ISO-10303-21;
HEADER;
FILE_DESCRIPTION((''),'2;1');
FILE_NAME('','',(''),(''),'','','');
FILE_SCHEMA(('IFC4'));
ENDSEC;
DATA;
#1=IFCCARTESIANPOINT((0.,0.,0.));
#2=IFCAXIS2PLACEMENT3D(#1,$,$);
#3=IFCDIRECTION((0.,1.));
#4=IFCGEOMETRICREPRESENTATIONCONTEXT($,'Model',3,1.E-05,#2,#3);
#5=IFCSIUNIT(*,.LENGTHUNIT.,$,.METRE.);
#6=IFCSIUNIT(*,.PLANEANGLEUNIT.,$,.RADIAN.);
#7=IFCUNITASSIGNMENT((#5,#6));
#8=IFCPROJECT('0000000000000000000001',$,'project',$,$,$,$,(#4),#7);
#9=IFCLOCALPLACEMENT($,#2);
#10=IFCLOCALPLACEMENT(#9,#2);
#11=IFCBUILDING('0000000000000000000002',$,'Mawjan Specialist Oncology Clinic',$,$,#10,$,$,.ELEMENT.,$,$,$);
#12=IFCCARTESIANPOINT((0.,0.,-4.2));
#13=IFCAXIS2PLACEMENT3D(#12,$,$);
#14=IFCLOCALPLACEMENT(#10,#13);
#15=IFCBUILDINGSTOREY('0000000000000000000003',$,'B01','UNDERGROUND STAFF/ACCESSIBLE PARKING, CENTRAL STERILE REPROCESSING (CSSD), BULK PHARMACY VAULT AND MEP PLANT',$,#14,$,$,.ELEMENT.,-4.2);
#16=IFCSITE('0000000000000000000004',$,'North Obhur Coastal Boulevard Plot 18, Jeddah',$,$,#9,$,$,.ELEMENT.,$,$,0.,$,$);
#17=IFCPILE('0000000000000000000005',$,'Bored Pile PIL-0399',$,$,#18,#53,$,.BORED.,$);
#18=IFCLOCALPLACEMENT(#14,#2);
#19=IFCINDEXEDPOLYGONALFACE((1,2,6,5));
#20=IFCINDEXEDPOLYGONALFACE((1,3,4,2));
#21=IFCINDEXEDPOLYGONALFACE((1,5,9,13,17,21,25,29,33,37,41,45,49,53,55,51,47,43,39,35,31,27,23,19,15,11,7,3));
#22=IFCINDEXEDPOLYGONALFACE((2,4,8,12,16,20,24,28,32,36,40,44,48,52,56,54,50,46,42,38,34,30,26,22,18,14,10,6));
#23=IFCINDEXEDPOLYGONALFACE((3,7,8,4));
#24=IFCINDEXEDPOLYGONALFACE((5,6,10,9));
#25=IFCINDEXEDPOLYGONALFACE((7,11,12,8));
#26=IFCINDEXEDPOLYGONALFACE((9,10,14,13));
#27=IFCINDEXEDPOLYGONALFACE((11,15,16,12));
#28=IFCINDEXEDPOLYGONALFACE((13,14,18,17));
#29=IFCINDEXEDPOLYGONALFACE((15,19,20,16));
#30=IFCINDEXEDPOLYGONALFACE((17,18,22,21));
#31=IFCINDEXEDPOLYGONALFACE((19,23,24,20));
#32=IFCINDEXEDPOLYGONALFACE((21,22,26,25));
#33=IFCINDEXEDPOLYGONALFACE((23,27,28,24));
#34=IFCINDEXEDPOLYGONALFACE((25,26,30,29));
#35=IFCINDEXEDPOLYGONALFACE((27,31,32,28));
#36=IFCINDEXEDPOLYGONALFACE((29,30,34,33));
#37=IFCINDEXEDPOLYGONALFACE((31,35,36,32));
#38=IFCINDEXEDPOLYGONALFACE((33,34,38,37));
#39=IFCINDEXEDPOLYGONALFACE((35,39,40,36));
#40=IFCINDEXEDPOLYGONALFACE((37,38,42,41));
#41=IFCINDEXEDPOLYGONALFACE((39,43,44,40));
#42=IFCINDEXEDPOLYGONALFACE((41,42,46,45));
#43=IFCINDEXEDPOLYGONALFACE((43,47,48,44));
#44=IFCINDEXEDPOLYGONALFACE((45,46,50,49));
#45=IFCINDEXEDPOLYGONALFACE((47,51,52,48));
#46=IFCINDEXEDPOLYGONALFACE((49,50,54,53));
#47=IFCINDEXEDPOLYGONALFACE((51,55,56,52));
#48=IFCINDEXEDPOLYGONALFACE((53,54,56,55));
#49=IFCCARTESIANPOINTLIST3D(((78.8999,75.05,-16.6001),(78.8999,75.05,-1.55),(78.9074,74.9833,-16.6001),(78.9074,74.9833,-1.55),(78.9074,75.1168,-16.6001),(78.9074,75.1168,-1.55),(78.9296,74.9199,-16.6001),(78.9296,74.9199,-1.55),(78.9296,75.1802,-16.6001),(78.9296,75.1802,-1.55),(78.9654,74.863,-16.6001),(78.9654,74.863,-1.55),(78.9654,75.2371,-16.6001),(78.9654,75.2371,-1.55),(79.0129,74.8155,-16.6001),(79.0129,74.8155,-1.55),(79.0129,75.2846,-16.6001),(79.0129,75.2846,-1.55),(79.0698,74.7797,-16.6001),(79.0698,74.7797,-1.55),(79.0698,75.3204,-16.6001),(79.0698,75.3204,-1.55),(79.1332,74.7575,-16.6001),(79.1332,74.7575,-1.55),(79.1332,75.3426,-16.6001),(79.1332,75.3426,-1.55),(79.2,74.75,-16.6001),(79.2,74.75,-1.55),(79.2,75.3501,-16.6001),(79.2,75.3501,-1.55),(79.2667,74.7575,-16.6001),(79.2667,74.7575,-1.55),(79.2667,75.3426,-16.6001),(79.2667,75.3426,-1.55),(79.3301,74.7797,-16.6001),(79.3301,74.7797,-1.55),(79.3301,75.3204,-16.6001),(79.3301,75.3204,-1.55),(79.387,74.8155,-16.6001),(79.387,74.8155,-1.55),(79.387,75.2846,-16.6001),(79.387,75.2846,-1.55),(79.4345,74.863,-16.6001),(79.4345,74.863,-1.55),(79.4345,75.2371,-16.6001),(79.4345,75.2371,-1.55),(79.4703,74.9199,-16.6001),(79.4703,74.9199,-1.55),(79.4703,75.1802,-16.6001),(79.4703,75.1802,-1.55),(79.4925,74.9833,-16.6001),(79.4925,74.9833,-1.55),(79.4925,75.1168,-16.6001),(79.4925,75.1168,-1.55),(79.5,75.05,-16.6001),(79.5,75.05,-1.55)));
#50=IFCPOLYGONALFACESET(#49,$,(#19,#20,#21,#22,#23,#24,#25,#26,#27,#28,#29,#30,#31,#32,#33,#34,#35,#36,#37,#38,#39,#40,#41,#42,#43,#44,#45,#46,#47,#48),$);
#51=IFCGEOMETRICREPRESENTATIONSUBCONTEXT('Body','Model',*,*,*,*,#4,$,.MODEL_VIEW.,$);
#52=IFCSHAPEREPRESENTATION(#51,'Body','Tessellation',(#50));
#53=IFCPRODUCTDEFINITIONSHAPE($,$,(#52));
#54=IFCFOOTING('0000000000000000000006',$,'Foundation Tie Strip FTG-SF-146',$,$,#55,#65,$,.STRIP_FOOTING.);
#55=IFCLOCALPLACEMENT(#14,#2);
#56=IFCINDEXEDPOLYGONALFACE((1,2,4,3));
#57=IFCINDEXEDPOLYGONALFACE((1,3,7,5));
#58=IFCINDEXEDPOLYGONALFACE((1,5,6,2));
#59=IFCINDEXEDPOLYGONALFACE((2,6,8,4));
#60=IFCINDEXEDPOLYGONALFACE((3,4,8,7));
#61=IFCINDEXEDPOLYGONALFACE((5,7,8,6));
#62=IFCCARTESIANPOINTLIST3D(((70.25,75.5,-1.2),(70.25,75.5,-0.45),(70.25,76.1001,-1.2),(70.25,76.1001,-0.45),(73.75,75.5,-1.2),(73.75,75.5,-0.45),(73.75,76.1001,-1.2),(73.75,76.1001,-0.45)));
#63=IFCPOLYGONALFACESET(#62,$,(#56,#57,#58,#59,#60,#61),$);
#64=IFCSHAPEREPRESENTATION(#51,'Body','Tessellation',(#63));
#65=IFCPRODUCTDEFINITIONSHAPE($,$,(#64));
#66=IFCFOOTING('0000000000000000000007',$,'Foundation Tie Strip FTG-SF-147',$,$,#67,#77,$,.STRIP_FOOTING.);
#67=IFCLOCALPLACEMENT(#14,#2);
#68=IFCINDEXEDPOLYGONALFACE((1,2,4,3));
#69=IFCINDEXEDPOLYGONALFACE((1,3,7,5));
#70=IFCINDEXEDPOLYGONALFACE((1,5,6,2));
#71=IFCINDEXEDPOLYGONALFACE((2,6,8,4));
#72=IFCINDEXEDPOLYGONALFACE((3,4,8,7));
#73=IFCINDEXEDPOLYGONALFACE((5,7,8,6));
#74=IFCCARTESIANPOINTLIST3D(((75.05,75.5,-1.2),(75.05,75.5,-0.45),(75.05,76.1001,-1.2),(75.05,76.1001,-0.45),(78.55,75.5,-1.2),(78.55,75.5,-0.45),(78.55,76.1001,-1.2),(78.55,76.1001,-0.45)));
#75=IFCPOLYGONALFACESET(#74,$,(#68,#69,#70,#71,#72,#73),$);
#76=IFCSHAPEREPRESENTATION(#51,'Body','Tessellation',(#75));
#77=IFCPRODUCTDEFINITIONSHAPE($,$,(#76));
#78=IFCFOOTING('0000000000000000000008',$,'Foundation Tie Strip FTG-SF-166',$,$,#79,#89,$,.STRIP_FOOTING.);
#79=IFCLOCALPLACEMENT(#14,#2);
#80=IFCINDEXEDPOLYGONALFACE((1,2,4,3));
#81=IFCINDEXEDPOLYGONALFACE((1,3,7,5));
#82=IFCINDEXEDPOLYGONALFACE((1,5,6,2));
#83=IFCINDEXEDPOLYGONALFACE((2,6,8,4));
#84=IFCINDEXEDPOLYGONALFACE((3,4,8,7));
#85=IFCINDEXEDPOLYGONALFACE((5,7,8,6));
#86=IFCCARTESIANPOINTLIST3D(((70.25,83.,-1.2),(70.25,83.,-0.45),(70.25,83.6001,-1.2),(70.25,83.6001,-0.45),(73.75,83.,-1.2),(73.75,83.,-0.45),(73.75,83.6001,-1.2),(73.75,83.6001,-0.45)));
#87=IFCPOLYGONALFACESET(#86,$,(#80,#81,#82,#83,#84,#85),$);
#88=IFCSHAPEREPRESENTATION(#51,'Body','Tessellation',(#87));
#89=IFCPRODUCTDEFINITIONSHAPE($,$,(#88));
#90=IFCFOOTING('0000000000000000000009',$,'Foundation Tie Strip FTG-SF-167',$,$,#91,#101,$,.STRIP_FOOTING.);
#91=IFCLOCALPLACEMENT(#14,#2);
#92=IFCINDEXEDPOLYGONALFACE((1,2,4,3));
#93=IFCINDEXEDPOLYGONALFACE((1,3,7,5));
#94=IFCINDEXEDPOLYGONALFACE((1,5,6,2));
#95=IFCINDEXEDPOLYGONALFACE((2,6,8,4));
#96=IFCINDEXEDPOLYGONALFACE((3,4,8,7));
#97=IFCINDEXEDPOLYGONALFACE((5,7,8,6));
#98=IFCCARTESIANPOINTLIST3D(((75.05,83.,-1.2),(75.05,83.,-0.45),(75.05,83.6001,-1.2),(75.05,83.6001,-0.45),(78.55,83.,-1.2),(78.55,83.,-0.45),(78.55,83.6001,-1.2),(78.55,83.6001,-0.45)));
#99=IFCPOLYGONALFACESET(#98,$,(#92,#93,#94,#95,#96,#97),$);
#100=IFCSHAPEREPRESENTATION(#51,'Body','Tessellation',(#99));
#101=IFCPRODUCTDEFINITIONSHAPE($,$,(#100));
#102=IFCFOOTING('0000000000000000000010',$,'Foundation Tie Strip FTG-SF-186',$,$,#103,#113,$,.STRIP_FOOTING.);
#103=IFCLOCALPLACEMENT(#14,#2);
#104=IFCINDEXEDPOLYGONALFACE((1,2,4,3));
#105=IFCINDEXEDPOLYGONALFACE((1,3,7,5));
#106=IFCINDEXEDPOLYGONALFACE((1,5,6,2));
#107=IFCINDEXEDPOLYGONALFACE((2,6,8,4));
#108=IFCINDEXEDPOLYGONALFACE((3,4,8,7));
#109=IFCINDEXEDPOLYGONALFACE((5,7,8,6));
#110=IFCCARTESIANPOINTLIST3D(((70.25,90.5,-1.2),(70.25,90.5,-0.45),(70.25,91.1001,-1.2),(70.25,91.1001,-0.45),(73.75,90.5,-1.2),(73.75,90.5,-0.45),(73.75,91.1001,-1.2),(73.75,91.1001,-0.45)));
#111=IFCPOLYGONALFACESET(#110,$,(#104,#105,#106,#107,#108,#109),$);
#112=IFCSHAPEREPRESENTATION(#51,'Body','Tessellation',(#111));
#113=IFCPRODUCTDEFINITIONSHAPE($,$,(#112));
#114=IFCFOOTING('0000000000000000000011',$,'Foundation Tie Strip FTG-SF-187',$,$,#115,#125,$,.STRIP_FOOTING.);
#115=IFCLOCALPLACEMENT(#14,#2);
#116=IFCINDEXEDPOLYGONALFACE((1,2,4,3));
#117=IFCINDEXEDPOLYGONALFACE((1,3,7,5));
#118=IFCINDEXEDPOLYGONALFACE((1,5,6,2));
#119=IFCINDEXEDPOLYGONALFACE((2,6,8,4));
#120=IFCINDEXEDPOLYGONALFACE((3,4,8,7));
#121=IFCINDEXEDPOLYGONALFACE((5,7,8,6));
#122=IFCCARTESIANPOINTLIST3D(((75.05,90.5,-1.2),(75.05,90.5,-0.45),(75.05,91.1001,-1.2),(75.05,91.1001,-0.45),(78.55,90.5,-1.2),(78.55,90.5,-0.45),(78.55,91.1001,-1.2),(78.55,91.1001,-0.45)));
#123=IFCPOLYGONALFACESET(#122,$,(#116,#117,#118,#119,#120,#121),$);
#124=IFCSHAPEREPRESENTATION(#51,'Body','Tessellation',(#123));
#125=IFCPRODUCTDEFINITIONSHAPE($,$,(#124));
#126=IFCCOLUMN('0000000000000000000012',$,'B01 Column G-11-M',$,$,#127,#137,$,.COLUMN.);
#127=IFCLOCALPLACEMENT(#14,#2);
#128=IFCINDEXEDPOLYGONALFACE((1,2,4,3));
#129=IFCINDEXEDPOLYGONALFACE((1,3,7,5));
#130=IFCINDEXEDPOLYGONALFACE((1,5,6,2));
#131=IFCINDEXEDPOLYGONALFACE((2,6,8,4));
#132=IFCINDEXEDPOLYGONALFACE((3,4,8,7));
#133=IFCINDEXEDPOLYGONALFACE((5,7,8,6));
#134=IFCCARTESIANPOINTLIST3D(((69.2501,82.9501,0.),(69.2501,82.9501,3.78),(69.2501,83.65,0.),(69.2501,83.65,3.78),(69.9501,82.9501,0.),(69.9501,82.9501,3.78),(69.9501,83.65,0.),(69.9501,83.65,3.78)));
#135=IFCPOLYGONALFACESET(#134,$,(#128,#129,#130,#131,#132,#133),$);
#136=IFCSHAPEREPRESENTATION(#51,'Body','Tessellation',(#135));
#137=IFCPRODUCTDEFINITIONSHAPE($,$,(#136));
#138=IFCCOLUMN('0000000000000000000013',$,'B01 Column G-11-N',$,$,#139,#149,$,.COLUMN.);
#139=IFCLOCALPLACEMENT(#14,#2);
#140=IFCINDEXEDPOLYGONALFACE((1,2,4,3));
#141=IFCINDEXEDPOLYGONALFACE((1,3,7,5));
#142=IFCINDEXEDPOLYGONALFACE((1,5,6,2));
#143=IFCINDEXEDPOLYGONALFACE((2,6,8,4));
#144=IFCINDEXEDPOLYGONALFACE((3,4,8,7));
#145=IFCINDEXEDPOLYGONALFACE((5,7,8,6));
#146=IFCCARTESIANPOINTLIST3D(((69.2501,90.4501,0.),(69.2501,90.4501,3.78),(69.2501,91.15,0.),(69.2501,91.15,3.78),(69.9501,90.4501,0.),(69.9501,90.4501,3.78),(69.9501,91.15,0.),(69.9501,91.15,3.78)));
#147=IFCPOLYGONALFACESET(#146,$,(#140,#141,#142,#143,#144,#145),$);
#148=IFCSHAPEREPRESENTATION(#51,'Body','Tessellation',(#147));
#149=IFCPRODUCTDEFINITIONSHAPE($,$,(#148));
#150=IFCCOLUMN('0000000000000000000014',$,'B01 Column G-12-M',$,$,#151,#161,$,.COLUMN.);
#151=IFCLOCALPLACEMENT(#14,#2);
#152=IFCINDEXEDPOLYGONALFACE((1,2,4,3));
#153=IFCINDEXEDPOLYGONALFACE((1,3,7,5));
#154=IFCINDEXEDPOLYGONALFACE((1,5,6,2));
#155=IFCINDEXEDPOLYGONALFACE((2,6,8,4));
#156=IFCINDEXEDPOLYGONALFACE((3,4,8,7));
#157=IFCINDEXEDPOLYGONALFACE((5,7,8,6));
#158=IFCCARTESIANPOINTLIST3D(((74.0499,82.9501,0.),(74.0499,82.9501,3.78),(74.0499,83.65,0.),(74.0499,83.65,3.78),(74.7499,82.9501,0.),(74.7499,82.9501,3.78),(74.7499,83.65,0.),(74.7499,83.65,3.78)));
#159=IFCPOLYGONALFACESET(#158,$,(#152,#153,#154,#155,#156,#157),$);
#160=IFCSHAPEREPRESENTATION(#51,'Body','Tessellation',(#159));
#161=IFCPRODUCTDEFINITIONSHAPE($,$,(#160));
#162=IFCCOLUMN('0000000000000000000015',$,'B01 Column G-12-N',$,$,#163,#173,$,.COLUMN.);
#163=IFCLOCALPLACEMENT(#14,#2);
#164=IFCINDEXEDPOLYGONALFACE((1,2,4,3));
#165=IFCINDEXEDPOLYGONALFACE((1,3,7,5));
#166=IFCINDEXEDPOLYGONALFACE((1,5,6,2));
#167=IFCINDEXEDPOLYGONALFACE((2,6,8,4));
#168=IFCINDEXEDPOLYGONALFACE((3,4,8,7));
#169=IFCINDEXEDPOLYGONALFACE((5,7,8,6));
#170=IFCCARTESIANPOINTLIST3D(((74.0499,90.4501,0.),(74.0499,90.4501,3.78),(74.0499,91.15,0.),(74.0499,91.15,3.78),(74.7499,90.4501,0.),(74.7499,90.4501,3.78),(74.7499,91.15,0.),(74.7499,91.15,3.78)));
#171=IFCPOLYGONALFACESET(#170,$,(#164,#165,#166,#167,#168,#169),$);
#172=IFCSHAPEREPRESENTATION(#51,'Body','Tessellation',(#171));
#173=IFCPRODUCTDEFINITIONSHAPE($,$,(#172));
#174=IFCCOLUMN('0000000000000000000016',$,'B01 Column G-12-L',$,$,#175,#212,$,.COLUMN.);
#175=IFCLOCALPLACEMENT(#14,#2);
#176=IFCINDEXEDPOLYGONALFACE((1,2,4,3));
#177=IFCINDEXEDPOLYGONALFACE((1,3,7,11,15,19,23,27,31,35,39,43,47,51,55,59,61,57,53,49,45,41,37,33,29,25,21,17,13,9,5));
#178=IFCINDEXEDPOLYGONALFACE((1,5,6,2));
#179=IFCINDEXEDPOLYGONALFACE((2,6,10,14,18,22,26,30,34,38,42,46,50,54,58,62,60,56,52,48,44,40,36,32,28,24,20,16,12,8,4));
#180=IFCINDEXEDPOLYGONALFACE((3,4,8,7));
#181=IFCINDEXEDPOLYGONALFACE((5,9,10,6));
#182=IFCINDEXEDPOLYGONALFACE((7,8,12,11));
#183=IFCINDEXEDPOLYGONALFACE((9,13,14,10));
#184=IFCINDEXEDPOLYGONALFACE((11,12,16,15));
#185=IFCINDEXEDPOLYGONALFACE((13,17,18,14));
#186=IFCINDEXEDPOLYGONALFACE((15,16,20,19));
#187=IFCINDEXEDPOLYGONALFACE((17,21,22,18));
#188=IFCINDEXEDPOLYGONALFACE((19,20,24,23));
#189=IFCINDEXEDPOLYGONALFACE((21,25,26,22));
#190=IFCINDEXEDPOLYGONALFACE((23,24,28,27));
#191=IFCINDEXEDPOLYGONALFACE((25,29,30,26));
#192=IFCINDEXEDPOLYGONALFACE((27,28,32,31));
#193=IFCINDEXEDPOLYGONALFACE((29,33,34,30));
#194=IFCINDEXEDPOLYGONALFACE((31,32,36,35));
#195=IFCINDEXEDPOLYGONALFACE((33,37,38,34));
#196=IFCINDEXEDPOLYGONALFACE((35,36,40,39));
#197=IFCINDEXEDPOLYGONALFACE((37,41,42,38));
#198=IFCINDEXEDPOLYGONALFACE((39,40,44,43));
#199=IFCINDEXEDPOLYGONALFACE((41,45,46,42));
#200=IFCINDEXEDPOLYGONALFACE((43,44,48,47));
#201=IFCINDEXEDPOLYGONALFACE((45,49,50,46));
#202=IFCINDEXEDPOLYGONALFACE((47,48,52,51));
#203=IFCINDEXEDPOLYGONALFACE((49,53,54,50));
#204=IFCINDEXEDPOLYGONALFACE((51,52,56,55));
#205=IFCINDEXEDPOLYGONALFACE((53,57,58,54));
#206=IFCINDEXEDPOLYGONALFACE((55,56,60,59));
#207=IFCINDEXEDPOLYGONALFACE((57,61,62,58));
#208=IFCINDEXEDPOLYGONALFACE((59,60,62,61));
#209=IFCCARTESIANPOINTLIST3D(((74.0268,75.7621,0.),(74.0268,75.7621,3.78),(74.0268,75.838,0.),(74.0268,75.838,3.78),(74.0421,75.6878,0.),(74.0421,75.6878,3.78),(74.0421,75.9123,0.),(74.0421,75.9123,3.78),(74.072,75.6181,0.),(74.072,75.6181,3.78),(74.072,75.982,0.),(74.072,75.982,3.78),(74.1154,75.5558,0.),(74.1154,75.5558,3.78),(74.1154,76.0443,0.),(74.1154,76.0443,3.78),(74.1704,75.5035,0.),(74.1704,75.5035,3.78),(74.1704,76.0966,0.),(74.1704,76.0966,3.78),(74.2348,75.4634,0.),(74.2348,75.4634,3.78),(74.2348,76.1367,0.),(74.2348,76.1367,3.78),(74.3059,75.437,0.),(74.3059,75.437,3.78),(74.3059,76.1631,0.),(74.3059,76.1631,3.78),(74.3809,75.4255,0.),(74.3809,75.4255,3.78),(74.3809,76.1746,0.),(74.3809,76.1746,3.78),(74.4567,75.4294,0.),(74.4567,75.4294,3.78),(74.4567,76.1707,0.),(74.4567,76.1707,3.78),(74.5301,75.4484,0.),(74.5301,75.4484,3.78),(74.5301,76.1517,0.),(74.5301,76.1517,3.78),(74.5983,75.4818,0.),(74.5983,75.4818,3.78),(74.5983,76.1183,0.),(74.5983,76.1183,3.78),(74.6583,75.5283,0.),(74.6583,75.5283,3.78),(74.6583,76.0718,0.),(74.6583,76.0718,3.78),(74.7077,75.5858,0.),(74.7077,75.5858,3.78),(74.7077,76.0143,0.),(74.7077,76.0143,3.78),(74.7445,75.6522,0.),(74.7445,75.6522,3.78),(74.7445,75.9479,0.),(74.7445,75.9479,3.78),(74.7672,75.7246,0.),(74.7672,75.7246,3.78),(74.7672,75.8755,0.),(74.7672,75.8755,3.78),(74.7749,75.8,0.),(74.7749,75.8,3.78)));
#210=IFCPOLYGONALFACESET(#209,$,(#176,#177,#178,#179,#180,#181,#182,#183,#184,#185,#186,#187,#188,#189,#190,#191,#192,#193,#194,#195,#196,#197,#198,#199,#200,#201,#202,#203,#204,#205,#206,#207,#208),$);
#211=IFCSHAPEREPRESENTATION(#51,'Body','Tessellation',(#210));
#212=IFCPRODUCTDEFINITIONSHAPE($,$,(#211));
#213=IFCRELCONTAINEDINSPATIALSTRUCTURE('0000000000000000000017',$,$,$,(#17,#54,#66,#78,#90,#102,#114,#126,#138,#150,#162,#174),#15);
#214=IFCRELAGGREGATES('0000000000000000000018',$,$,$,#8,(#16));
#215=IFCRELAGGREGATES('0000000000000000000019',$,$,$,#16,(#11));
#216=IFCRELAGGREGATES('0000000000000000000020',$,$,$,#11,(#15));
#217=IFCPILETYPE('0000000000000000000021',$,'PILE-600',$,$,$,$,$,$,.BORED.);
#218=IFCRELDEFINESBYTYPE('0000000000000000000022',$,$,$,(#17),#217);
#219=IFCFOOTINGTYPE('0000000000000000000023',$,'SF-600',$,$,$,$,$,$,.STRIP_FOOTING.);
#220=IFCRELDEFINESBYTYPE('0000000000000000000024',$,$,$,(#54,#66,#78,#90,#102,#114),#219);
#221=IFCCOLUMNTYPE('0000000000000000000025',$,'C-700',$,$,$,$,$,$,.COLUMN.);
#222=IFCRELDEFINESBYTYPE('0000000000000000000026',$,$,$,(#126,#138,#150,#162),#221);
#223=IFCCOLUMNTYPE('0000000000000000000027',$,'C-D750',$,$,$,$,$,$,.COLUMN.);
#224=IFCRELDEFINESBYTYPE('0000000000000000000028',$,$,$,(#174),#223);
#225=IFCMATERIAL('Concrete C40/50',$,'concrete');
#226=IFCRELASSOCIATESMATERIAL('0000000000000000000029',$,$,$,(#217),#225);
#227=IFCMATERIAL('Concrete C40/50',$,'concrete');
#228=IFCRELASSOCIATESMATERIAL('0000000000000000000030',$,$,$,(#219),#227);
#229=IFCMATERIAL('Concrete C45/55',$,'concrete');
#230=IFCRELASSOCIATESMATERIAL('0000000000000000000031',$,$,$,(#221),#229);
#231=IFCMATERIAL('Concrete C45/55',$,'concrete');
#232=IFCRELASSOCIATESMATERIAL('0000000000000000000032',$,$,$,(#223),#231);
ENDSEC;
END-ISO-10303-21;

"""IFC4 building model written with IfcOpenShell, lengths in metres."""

from ifc_helpers import new_model, si_unit, direction, frame, origin, origin_2d, place, context, subcontext, project, spatial, rectangle, circle, extrude, material, material_profile, profile_set, type_object, element, save


model = new_model("IFC4")

# Units and contexts
model_context = context("Model", 3, precision=1e-05, world=origin(), true_north=direction((0.0, 1.0)))
body_context = subcontext(model_context, "Body", "Model", "MODEL_VIEW")
ifc_project = project(units=[si_unit("LENGTHUNIT", "METRE"), si_unit("PLANEANGLEUNIT", "RADIAN")], contexts=[model_context])

# Site, building, storey
site_placement = place(None, origin())
site = spatial("IfcSite", under=ifc_project, at=site_placement, Name="North Obhur Coastal Boulevard Plot 18, Jeddah", CompositionType="ELEMENT", RefElevation=0.0)
building_placement = place(site_placement, origin())
building = spatial("IfcBuilding", under=site, at=building_placement, Name="Mawjan Specialist Oncology Clinic", CompositionType="ELEMENT")
storey_placement = place(building_placement, frame((0.0, 0.0, -4.2)))
storey = spatial("IfcBuildingStorey", under=building, at=storey_placement, Name="B01", Description="UNDERGROUND STAFF/ACCESSIBLE PARKING, CENTRAL STERILE REPROCESSING (CSSD), BULK PHARMACY VAULT AND MEP PLANT", CompositionType="ELEMENT", Elevation=-4.2)

# Pile
ifc_material_1 = material(Name="Concrete C40/50", Category="concrete")
ifc_material_profile_1 = material_profile(ifc_material_1, circle(Radius=0.3, at=origin_2d()), Name="BORED PILE D600", Category="concrete")
ifc_profile_set_1 = profile_set([ifc_material_profile_1], Name="Concrete C40/50")
pile_type = type_object("IfcPileType", Name="PILE-600", PredefinedType="BORED", material=ifc_profile_set_1)
for number, where, z_axis, x_axis, name in (
    (1, (79.2, 75.05, -1.55), (0.0, 0.0, -1.0), (1.0, 0.0, 0.0), "Bored Pile PIL-0399"),
):
    element("IfcPile", number, at=place(storey_placement, frame(where, z_axis=z_axis, x_axis=x_axis)), inside=storey, type_object=pile_type, Name=name, PredefinedType="BORED", context=body_context, shape_type="SweptSolid", body=[
        extrude(circle(Radius=0.3, at=origin_2d()), origin(), (0.0, 0.0, 1.0), 15.05),
    ])

# Footings
ifc_material_2 = material(Name="Concrete C40/50", Category="concrete")
footing_type_1 = type_object("IfcFootingType", Name="SF-600", PredefinedType="STRIP_FOOTING", material=ifc_material_2)
for number, where, z_axis, x_axis, name in (
    (2, (72.0, 75.8, -1.2), (0.0, 0.0, 1.0), (1.0, 0.0, 0.0), "Foundation Tie Strip FTG-SF-146"),
    (3, (76.8, 75.8, -1.2), (0.0, 0.0, 1.0), (1.0, 0.0, 0.0), "Foundation Tie Strip FTG-SF-147"),
    (4, (72.0, 83.3, -1.2), (0.0, 0.0, 1.0), (1.0, 0.0, 0.0), "Foundation Tie Strip FTG-SF-166"),
    (5, (76.8, 83.3, -1.2), (0.0, 0.0, 1.0), (1.0, 0.0, 0.0), "Foundation Tie Strip FTG-SF-167"),
    (6, (72.0, 90.8, -1.2), (0.0, 0.0, 1.0), (1.0, 0.0, 0.0), "Foundation Tie Strip FTG-SF-186"),
    (7, (76.8, 90.8, -1.2), (0.0, 0.0, 1.0), (1.0, 0.0, 0.0), "Foundation Tie Strip FTG-SF-187"),
):
    element("IfcFooting", number, at=place(storey_placement, frame(where, z_axis=z_axis, x_axis=x_axis)), inside=storey, type_object=footing_type_1, Name=name, PredefinedType="STRIP_FOOTING", context=body_context, shape_type="SweptSolid", body=[
        extrude(rectangle(XDim=3.5, YDim=0.6001, at=origin_2d()), origin(), (0.0, 0.0, 1.0), 0.75),
    ])

# Columns
ifc_material_3 = material(Name="Concrete C45/55", Category="concrete")
ifc_material_profile_2 = material_profile(ifc_material_3, rectangle(XDim=0.7, YDim=0.7, at=origin_2d()), Name="RC COL 700x700", Category="concrete")
ifc_profile_set_2 = profile_set([ifc_material_profile_2], Name="Concrete C45/55")
column_type_1 = type_object("IfcColumnType", Name="C-700", PredefinedType="COLUMN", material=ifc_profile_set_2)
for number, where, z_axis, x_axis, name in (
    (8, (69.6001, 83.3, 0.0), (0.0, 0.0, 1.0), (1.0, 0.0, 0.0), "B01 Column G-11-M"),
    (9, (69.6001, 90.8, 0.0), (0.0, 0.0, 1.0), (1.0, 0.0, 0.0), "B01 Column G-11-N"),
    (10, (74.3999, 83.3, 0.0), (0.0, 0.0, 1.0), (1.0, 0.0, 0.0), "B01 Column G-12-M"),
    (11, (74.3999, 90.8, 0.0), (0.0, 0.0, 1.0), (1.0, 0.0, 0.0), "B01 Column G-12-N"),
):
    element("IfcColumn", number, at=place(storey_placement, frame(where, z_axis=z_axis, x_axis=x_axis)), inside=storey, type_object=column_type_1, Name=name, PredefinedType="COLUMN", context=body_context, shape_type="SweptSolid", body=[
        extrude(rectangle(XDim=0.7, YDim=0.7, at=origin_2d()), origin(), (0.0, 0.0, 1.0), 3.78),
    ])
ifc_material_4 = material(Name="Concrete C45/55", Category="concrete")
ifc_material_profile_3 = material_profile(ifc_material_4, circle(Radius=0.375, at=origin_2d()), Name="RC COL D750", Category="concrete")
ifc_profile_set_3 = profile_set([ifc_material_profile_3], Name="Concrete C45/55")
column_type_2 = type_object("IfcColumnType", Name="C-D750", PredefinedType="COLUMN", material=ifc_profile_set_3)
for number, where, z_axis, x_axis, name in (
    (12, (74.3999, 75.8, 0.0), (0.0, 0.0, 1.0), (1.0, 0.0, 0.0), "B01 Column G-12-L"),
):
    element("IfcColumn", number, at=place(storey_placement, frame(where, z_axis=z_axis, x_axis=x_axis)), inside=storey, type_object=column_type_2, Name=name, PredefinedType="COLUMN", context=body_context, shape_type="SweptSolid", body=[
        extrude(circle(Radius=0.375, at=origin_2d()), origin(), (0.0, 0.0, 1.0), 3.78),
    ])

save(model, "model.ifc")
